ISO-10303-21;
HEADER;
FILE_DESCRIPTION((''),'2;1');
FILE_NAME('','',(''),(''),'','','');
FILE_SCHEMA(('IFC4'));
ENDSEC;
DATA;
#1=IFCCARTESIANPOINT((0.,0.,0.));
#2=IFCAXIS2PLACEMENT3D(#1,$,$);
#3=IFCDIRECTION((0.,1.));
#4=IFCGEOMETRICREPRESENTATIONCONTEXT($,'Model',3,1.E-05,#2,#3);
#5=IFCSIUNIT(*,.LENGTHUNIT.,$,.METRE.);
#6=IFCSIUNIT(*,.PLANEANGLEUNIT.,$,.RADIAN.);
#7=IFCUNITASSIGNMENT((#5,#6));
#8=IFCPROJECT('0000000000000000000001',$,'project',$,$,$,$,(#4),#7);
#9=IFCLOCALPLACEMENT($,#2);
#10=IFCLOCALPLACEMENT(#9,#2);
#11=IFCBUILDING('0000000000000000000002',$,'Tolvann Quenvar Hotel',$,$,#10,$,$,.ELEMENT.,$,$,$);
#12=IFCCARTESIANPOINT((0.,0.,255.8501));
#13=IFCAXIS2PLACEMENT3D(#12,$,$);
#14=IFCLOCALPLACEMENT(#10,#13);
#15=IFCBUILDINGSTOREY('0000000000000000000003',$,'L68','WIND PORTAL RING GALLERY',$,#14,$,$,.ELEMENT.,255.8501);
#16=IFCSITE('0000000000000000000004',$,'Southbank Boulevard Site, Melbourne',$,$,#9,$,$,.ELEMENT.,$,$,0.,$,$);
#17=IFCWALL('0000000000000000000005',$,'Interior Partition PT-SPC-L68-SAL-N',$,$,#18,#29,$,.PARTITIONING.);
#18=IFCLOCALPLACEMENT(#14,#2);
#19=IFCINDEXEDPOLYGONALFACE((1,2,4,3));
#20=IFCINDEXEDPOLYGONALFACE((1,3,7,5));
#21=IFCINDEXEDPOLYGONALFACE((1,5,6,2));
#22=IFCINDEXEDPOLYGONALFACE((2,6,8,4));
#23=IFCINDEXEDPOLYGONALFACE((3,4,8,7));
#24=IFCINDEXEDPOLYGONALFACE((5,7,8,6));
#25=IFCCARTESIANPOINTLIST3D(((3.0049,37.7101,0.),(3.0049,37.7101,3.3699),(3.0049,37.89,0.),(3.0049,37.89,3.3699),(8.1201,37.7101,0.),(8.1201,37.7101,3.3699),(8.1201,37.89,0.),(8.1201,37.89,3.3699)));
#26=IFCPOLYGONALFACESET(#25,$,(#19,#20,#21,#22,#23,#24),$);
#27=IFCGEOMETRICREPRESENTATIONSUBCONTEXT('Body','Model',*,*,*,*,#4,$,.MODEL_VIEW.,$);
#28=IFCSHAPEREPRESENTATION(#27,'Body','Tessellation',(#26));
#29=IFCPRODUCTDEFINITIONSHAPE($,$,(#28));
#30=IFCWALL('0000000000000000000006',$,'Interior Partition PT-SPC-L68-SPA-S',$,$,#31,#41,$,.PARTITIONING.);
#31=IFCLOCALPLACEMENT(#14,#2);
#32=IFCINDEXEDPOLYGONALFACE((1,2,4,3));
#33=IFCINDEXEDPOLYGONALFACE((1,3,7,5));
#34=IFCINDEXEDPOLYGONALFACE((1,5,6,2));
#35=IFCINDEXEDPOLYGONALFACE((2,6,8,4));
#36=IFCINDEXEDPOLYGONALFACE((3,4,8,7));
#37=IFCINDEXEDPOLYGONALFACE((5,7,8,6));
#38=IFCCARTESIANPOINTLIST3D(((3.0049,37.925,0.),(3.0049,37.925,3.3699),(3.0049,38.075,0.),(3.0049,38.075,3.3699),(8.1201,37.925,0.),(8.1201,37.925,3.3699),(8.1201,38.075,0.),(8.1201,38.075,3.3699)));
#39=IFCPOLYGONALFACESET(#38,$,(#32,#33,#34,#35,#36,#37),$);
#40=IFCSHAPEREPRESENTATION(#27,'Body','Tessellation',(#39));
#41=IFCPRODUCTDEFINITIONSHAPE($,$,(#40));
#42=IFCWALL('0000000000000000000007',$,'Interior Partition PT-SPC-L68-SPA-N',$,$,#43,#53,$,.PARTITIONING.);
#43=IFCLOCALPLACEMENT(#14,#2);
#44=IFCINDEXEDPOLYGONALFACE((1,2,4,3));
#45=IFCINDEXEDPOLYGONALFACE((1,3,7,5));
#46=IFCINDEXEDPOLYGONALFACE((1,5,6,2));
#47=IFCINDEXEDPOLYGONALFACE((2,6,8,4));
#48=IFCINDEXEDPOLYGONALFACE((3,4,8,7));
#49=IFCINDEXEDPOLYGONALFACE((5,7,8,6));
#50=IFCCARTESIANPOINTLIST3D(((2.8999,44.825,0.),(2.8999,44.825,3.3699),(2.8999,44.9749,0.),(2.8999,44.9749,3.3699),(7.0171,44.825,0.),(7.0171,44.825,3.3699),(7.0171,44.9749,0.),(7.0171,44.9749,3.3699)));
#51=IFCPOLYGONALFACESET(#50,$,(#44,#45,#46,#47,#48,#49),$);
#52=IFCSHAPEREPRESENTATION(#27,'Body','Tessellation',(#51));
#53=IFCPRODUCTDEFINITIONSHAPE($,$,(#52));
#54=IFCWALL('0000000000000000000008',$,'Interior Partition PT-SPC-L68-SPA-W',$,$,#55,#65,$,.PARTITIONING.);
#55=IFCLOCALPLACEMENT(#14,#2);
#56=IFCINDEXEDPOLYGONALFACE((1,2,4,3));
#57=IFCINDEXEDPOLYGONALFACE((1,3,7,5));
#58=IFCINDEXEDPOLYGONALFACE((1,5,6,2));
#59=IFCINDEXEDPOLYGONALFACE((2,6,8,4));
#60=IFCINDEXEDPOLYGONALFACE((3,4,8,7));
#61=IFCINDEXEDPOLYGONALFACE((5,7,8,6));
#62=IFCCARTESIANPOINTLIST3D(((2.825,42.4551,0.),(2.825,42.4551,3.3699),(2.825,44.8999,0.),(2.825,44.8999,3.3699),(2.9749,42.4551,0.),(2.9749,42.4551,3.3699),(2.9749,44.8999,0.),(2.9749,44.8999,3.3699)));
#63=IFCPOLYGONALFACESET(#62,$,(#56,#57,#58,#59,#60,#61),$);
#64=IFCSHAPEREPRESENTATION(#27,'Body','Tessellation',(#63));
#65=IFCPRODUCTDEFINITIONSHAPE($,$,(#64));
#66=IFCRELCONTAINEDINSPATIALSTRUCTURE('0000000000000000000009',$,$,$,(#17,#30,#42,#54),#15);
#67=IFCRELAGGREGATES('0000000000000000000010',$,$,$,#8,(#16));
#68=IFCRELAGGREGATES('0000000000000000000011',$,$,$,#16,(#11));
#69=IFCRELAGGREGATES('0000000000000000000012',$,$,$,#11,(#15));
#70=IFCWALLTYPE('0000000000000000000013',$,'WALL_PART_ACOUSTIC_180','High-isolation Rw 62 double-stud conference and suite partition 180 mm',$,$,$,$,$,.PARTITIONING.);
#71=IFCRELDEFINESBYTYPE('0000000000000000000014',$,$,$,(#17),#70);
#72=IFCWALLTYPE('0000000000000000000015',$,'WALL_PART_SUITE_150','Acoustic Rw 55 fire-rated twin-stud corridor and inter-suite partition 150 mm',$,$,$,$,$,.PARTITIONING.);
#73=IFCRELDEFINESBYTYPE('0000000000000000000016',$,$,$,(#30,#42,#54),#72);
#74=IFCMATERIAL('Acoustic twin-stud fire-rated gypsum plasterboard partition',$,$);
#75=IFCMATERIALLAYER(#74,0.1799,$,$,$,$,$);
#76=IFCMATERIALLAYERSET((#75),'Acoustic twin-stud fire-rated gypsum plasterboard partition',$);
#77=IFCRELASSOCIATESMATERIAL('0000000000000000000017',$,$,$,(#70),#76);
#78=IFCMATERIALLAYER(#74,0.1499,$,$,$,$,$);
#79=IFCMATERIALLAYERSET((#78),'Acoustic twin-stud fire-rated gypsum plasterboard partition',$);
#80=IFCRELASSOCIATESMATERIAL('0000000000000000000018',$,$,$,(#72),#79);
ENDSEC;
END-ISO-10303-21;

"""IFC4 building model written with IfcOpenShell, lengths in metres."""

from ifc_helpers import new_model, si_unit, direction, frame, frame_2d, origin, place, context, subcontext, project, spatial, rectangle, extrude, material, layer, layer_set, type_object, element, save


model = new_model("IFC4")

# Units and contexts
model_context = context("Model", 3, precision=1e-05, world=origin(), true_north=direction((0.0, 1.0)))
body_context = subcontext(model_context, "Body", "Model", "MODEL_VIEW")
ifc_project = project(units=[si_unit("LENGTHUNIT", "METRE"), si_unit("PLANEANGLEUNIT", "RADIAN")], contexts=[model_context])

# Site, building, storey
site_placement = place(None, origin())
site = spatial("IfcSite", under=ifc_project, at=site_placement, Name="Southbank Boulevard Site, Melbourne", CompositionType="ELEMENT", RefElevation=0.0)
building_placement = place(site_placement, origin())
building = spatial("IfcBuilding", under=site, at=building_placement, Name="Tolvann Quenvar Hotel", CompositionType="ELEMENT")
storey_placement = place(building_placement, frame((0.0, 0.0, 255.8501)))
storey = spatial("IfcBuildingStorey", under=building, at=storey_placement, Name="L68", Description="WIND PORTAL RING GALLERY", CompositionType="ELEMENT", Elevation=255.8501)

# Walls
ifc_material_1 = material(Name="Acoustic twin-stud fire-rated gypsum plasterboard partition")
ifc_layer_1 = layer(ifc_material_1, 0.1799)
ifc_layer_set_1 = layer_set([ifc_layer_1], Name="Acoustic twin-stud fire-rated gypsum plasterboard partition")
wall_type_1 = type_object("IfcWallType", Name="WALL_PART_ACOUSTIC_180", Description="High-isolation Rw 62 double-stud conference and suite partition 180 mm", PredefinedType="PARTITIONING", material=ifc_layer_set_1)
wall_1_placement = place(storey_placement, frame((3.0049, 37.8, 0.0), z_axis=(0.0, 0.0, 1.0), x_axis=(1.0, 0.0, 0.0)))
element("IfcWall", 1, at=wall_1_placement, inside=storey, type_object=wall_type_1, Name="Interior Partition PT-SPC-L68-SAL-N", PredefinedType="PARTITIONING", context=body_context, shape_type="SweptSolid", body=[
    extrude(rectangle(XDim=5.1152, YDim=0.1799, at=frame_2d((2.5576, 0.0))), origin(), (0.0, 0.0, 1.0), 3.3699),
])
ifc_layer_2 = layer(ifc_material_1, 0.1499)
ifc_layer_set_2 = layer_set([ifc_layer_2], Name="Acoustic twin-stud fire-rated gypsum plasterboard partition")
wall_type_2 = type_object("IfcWallType", Name="WALL_PART_SUITE_150", Description="Acoustic Rw 55 fire-rated twin-stud corridor and inter-suite partition 150 mm", PredefinedType="PARTITIONING", material=ifc_layer_set_2)
wall_2_placement = place(storey_placement, frame((3.0049, 38.0, 0.0), z_axis=(0.0, 0.0, 1.0), x_axis=(1.0, 0.0, 0.0)))
element("IfcWall", 2, at=wall_2_placement, inside=storey, type_object=wall_type_2, Name="Interior Partition PT-SPC-L68-SPA-S", PredefinedType="PARTITIONING", context=body_context, shape_type="SweptSolid", body=[
    extrude(rectangle(XDim=5.1152, YDim=0.1499, at=frame_2d((2.5576, 0.0))), origin(), (0.0, 0.0, 1.0), 3.3699),
])
wall_3_placement = place(storey_placement, frame((2.8999, 44.8999, 0.0), z_axis=(0.0, 0.0, 1.0), x_axis=(1.0, 0.0, 0.0)))
element("IfcWall", 3, at=wall_3_placement, inside=storey, type_object=wall_type_2, Name="Interior Partition PT-SPC-L68-SPA-N", PredefinedType="PARTITIONING", context=body_context, shape_type="SweptSolid", body=[
    extrude(rectangle(XDim=4.1172, YDim=0.1499, at=frame_2d((2.0586, 0.0))), origin(), (0.0, 0.0, 1.0), 3.3699),
])
wall_4_placement = place(storey_placement, frame((2.8999, 42.4551, 0.0), z_axis=(0.0, 0.0, 1.0), x_axis=(0.0, 1.0, 0.0)))
element("IfcWall", 4, at=wall_4_placement, inside=storey, type_object=wall_type_2, Name="Interior Partition PT-SPC-L68-SPA-W", PredefinedType="PARTITIONING", context=body_context, shape_type="SweptSolid", body=[
    extrude(rectangle(XDim=2.4448, YDim=0.1499, at=frame_2d((1.2224, 0.0))), origin(), (0.0, 0.0, 1.0), 3.3699),
])

save(model, "model.ifc")
